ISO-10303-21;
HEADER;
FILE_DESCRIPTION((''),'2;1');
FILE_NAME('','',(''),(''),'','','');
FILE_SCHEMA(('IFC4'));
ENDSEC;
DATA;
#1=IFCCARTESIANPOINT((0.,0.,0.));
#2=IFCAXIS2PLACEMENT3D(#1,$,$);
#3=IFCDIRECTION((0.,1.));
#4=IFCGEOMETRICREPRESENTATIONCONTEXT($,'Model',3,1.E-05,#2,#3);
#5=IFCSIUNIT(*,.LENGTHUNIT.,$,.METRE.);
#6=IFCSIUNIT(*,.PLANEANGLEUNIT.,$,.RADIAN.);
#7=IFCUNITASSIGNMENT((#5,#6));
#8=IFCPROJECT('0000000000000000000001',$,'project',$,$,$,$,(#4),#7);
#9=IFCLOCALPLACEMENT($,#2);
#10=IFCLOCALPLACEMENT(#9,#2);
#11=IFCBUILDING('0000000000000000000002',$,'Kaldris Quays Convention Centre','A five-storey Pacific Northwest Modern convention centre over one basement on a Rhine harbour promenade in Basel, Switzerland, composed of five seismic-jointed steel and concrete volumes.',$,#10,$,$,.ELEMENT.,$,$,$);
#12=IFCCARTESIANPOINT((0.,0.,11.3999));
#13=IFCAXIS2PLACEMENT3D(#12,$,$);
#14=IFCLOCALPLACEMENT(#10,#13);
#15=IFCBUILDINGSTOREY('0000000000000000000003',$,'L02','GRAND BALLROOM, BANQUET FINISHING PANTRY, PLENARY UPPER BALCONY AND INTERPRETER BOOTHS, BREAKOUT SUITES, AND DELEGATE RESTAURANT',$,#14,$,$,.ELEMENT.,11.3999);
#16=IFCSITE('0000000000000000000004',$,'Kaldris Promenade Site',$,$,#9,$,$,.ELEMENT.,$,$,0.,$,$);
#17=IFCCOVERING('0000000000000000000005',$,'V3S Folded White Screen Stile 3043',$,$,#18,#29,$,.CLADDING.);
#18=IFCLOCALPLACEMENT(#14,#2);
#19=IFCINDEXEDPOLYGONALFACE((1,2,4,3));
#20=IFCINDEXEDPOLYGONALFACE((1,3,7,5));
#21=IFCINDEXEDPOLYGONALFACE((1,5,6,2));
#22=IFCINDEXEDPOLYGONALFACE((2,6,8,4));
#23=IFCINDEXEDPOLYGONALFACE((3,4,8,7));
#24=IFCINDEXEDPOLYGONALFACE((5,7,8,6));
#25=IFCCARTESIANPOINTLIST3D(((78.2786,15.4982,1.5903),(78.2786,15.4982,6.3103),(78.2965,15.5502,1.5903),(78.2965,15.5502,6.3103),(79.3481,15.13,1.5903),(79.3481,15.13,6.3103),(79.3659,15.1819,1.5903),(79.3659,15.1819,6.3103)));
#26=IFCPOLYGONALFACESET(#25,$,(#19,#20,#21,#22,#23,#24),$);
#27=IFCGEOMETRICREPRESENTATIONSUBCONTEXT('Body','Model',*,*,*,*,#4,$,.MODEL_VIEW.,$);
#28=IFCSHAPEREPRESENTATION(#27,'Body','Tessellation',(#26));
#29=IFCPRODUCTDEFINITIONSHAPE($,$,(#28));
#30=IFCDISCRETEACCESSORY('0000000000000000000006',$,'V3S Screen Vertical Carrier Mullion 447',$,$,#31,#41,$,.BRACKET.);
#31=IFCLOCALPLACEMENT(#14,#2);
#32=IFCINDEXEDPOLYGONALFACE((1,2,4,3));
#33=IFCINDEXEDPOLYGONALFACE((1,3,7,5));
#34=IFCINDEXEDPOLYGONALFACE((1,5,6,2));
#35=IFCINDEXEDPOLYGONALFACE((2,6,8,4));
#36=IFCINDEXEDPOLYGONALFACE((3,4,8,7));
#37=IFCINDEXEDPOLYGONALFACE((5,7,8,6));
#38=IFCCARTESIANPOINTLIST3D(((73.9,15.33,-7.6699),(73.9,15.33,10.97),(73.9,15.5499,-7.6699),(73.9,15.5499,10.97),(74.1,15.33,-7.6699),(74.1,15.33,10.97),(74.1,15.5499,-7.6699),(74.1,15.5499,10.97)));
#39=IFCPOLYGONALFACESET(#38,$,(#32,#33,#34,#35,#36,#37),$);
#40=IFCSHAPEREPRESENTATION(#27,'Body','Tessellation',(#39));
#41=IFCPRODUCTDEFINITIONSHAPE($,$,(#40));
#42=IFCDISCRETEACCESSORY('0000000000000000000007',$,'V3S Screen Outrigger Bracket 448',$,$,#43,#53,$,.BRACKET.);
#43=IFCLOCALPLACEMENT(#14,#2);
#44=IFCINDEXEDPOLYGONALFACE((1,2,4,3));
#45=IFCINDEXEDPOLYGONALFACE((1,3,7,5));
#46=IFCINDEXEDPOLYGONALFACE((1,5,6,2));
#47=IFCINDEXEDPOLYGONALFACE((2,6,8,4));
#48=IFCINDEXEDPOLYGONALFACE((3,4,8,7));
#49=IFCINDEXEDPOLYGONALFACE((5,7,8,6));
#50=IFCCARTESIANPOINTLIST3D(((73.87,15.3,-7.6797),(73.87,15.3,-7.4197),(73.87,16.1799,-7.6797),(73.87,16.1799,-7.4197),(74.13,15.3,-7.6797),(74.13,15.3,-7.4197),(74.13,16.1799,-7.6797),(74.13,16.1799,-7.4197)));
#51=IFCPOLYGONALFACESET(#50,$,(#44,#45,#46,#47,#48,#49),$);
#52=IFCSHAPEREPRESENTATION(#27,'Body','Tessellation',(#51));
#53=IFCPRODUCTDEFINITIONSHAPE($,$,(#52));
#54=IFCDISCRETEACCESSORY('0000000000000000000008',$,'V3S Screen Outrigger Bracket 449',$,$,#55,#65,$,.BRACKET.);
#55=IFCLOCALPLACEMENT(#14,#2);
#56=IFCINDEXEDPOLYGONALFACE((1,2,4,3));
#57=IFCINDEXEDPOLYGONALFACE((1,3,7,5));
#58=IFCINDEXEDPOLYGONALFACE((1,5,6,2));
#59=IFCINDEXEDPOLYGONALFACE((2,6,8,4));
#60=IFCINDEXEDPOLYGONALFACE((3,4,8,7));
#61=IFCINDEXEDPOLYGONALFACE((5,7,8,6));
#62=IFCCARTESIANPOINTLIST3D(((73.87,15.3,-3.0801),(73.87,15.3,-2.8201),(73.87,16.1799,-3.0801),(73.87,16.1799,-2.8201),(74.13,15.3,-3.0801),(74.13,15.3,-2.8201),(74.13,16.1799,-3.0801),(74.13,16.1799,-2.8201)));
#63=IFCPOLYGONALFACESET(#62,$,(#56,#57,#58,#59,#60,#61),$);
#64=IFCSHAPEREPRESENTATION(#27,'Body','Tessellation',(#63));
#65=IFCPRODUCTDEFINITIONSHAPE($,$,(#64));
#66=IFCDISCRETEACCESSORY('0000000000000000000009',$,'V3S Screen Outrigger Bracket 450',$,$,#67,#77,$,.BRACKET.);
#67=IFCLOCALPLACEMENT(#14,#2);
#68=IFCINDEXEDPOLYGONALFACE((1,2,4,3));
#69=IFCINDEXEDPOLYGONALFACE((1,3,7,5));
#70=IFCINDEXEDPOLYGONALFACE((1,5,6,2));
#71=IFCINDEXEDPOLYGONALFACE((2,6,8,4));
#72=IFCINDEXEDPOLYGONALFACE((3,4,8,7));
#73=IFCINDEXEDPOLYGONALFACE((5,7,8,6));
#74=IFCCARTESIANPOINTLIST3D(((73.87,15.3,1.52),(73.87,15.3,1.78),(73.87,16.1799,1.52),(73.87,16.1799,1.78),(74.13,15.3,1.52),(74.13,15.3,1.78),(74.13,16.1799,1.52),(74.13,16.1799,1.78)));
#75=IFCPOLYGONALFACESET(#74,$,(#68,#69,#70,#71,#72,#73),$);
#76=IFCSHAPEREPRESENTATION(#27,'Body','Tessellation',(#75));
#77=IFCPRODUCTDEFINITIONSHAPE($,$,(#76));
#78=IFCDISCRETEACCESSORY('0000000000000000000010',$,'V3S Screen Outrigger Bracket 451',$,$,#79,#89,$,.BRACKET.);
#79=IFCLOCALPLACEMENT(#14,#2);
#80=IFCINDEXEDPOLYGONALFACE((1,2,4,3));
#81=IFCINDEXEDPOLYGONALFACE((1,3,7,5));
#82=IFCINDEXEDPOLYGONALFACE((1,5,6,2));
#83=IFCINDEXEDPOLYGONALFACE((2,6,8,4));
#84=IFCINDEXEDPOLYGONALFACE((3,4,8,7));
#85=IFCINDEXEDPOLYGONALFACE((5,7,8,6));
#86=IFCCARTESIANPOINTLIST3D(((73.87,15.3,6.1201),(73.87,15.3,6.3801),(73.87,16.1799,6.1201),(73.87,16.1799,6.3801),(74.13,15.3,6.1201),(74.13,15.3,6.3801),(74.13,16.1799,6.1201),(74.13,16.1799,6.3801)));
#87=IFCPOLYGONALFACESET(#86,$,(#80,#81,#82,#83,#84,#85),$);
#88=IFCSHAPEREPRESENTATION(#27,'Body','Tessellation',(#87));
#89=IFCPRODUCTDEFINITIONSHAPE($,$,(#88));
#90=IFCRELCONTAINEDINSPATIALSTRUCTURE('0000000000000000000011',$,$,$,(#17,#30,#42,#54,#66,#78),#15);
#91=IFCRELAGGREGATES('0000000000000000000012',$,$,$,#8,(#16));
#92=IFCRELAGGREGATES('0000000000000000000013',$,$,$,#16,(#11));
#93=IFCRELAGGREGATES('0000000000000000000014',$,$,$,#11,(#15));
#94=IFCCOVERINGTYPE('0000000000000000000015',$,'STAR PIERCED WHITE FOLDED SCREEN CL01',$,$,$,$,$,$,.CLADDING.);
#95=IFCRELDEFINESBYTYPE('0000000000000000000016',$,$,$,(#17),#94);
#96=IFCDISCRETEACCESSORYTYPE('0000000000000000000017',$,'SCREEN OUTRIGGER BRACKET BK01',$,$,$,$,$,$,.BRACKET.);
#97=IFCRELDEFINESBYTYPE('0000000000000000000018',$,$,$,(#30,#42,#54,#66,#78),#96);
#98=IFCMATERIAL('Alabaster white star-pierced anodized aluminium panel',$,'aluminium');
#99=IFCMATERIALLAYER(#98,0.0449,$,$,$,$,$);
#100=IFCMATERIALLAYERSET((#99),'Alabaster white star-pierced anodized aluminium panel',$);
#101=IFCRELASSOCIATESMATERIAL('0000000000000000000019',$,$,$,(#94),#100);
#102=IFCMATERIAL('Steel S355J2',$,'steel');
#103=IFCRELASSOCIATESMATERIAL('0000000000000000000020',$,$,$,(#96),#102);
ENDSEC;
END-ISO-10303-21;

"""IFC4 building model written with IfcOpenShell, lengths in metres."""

from ifc_helpers import new_model, si_unit, direction, frame, origin, origin_2d, place, context, subcontext, project, spatial, rectangle, extrude, material, layer, layer_set, type_object, element, save


model = new_model("IFC4")

# Units and contexts
model_context = context("Model", 3, precision=1e-05, world=origin(), true_north=direction((0.0, 1.0)))
body_context = subcontext(model_context, "Body", "Model", "MODEL_VIEW")
ifc_project = project(units=[si_unit("LENGTHUNIT", "METRE"), si_unit("PLANEANGLEUNIT", "RADIAN")], contexts=[model_context])

# Site, building, storey
site_placement = place(None, origin())
site = spatial("IfcSite", under=ifc_project, at=site_placement, Name="Kaldris Promenade Site", CompositionType="ELEMENT", RefElevation=0.0)
building_placement = place(site_placement, origin())
building = spatial("IfcBuilding", under=site, at=building_placement, Name="Kaldris Quays Convention Centre", Description="A five-storey Pacific Northwest Modern convention centre over one basement on a Rhine harbour promenade in Basel, Switzerland, composed of five seismic-jointed steel and concrete volumes.", CompositionType="ELEMENT")
storey_placement = place(building_placement, frame((0.0, 0.0, 11.3999)))
storey = spatial("IfcBuildingStorey", under=building, at=storey_placement, Name="L02", Description="GRAND BALLROOM, BANQUET FINISHING PANTRY, PLENARY UPPER BALCONY AND INTERPRETER BOOTHS, BREAKOUT SUITES, AND DELEGATE RESTAURANT", CompositionType="ELEMENT", Elevation=11.3999)

# Shared definitions
ifc_material_1 = material(Name="Steel S355J2", Category="steel")

# Covering
ifc_material_2 = material(Name="Alabaster white star-pierced anodized aluminium panel", Category="aluminium")
ifc_layer_1 = layer(ifc_material_2, 0.0449)
ifc_layer_set_1 = layer_set([ifc_layer_1], Name="Alabaster white star-pierced anodized aluminium panel")
covering_type = type_object("IfcCoveringType", Name="STAR PIERCED WHITE FOLDED SCREEN CL01", PredefinedType="CLADDING", material=ifc_layer_set_1)
for number, where, z_axis, x_axis, name in (
    (1, (78.8223, 15.3401, 1.5903), (0.0, 0.0, 1.0), (0.945519, -0.325568, 0.0), "V3S Folded White Screen Stile 3043"),
):
    element("IfcCovering", number, at=place(storey_placement, frame(where, z_axis=z_axis, x_axis=x_axis)), inside=storey, type_object=covering_type, Name=name, PredefinedType="CLADDING", context=body_context, shape_type="SweptSolid", body=[
        extrude(rectangle(XDim=1.1311, YDim=0.0549, at=origin_2d()), origin(), (0.0, 0.0, 1.0), 4.72),
    ])

# Discrete accessories
discrete_accessory_type = type_object("IfcDiscreteAccessoryType", Name="SCREEN OUTRIGGER BRACKET BK01", PredefinedType="BRACKET", material=ifc_material_1)
discrete_accessory_placement = place(storey_placement, frame((74.0, 15.4399, -7.6699), z_axis=(0.0, 0.0, 1.0), x_axis=(1.0, 0.0, 0.0)))
element("IfcDiscreteAccessory", 2, at=discrete_accessory_placement, inside=storey, type_object=discrete_accessory_type, Name="V3S Screen Vertical Carrier Mullion 447", PredefinedType="BRACKET", context=body_context, shape_type="SweptSolid", body=[
    extrude(rectangle(XDim=0.2, YDim=0.22, at=origin_2d()), origin(), (0.0, 0.0, 1.0), 18.6399),
])
for number, where, z_axis, x_axis, name in (
    (3, (74.0, 15.74, -7.6797), (0.0, 0.0, 1.0), (1.0, 0.0, 0.0), "V3S Screen Outrigger Bracket 448"),
    (4, (74.0, 15.74, -3.0801), (0.0, 0.0, 1.0), (1.0, 0.0, 0.0), "V3S Screen Outrigger Bracket 449"),
    (5, (74.0, 15.74, 1.52), (0.0, 0.0, 1.0), (1.0, 0.0, 0.0), "V3S Screen Outrigger Bracket 450"),
    (6, (74.0, 15.74, 6.1201), (0.0, 0.0, 1.0), (1.0, 0.0, 0.0), "V3S Screen Outrigger Bracket 451"),
):
    element("IfcDiscreteAccessory", number, at=place(storey_placement, frame(where, z_axis=z_axis, x_axis=x_axis)), inside=storey, type_object=discrete_accessory_type, Name=name, PredefinedType="BRACKET", context=body_context, shape_type="SweptSolid", body=[
        extrude(rectangle(XDim=0.26, YDim=0.8799, at=origin_2d()), origin(), (0.0, 0.0, 1.0), 0.26),
    ])

save(model, "model.ifc")
